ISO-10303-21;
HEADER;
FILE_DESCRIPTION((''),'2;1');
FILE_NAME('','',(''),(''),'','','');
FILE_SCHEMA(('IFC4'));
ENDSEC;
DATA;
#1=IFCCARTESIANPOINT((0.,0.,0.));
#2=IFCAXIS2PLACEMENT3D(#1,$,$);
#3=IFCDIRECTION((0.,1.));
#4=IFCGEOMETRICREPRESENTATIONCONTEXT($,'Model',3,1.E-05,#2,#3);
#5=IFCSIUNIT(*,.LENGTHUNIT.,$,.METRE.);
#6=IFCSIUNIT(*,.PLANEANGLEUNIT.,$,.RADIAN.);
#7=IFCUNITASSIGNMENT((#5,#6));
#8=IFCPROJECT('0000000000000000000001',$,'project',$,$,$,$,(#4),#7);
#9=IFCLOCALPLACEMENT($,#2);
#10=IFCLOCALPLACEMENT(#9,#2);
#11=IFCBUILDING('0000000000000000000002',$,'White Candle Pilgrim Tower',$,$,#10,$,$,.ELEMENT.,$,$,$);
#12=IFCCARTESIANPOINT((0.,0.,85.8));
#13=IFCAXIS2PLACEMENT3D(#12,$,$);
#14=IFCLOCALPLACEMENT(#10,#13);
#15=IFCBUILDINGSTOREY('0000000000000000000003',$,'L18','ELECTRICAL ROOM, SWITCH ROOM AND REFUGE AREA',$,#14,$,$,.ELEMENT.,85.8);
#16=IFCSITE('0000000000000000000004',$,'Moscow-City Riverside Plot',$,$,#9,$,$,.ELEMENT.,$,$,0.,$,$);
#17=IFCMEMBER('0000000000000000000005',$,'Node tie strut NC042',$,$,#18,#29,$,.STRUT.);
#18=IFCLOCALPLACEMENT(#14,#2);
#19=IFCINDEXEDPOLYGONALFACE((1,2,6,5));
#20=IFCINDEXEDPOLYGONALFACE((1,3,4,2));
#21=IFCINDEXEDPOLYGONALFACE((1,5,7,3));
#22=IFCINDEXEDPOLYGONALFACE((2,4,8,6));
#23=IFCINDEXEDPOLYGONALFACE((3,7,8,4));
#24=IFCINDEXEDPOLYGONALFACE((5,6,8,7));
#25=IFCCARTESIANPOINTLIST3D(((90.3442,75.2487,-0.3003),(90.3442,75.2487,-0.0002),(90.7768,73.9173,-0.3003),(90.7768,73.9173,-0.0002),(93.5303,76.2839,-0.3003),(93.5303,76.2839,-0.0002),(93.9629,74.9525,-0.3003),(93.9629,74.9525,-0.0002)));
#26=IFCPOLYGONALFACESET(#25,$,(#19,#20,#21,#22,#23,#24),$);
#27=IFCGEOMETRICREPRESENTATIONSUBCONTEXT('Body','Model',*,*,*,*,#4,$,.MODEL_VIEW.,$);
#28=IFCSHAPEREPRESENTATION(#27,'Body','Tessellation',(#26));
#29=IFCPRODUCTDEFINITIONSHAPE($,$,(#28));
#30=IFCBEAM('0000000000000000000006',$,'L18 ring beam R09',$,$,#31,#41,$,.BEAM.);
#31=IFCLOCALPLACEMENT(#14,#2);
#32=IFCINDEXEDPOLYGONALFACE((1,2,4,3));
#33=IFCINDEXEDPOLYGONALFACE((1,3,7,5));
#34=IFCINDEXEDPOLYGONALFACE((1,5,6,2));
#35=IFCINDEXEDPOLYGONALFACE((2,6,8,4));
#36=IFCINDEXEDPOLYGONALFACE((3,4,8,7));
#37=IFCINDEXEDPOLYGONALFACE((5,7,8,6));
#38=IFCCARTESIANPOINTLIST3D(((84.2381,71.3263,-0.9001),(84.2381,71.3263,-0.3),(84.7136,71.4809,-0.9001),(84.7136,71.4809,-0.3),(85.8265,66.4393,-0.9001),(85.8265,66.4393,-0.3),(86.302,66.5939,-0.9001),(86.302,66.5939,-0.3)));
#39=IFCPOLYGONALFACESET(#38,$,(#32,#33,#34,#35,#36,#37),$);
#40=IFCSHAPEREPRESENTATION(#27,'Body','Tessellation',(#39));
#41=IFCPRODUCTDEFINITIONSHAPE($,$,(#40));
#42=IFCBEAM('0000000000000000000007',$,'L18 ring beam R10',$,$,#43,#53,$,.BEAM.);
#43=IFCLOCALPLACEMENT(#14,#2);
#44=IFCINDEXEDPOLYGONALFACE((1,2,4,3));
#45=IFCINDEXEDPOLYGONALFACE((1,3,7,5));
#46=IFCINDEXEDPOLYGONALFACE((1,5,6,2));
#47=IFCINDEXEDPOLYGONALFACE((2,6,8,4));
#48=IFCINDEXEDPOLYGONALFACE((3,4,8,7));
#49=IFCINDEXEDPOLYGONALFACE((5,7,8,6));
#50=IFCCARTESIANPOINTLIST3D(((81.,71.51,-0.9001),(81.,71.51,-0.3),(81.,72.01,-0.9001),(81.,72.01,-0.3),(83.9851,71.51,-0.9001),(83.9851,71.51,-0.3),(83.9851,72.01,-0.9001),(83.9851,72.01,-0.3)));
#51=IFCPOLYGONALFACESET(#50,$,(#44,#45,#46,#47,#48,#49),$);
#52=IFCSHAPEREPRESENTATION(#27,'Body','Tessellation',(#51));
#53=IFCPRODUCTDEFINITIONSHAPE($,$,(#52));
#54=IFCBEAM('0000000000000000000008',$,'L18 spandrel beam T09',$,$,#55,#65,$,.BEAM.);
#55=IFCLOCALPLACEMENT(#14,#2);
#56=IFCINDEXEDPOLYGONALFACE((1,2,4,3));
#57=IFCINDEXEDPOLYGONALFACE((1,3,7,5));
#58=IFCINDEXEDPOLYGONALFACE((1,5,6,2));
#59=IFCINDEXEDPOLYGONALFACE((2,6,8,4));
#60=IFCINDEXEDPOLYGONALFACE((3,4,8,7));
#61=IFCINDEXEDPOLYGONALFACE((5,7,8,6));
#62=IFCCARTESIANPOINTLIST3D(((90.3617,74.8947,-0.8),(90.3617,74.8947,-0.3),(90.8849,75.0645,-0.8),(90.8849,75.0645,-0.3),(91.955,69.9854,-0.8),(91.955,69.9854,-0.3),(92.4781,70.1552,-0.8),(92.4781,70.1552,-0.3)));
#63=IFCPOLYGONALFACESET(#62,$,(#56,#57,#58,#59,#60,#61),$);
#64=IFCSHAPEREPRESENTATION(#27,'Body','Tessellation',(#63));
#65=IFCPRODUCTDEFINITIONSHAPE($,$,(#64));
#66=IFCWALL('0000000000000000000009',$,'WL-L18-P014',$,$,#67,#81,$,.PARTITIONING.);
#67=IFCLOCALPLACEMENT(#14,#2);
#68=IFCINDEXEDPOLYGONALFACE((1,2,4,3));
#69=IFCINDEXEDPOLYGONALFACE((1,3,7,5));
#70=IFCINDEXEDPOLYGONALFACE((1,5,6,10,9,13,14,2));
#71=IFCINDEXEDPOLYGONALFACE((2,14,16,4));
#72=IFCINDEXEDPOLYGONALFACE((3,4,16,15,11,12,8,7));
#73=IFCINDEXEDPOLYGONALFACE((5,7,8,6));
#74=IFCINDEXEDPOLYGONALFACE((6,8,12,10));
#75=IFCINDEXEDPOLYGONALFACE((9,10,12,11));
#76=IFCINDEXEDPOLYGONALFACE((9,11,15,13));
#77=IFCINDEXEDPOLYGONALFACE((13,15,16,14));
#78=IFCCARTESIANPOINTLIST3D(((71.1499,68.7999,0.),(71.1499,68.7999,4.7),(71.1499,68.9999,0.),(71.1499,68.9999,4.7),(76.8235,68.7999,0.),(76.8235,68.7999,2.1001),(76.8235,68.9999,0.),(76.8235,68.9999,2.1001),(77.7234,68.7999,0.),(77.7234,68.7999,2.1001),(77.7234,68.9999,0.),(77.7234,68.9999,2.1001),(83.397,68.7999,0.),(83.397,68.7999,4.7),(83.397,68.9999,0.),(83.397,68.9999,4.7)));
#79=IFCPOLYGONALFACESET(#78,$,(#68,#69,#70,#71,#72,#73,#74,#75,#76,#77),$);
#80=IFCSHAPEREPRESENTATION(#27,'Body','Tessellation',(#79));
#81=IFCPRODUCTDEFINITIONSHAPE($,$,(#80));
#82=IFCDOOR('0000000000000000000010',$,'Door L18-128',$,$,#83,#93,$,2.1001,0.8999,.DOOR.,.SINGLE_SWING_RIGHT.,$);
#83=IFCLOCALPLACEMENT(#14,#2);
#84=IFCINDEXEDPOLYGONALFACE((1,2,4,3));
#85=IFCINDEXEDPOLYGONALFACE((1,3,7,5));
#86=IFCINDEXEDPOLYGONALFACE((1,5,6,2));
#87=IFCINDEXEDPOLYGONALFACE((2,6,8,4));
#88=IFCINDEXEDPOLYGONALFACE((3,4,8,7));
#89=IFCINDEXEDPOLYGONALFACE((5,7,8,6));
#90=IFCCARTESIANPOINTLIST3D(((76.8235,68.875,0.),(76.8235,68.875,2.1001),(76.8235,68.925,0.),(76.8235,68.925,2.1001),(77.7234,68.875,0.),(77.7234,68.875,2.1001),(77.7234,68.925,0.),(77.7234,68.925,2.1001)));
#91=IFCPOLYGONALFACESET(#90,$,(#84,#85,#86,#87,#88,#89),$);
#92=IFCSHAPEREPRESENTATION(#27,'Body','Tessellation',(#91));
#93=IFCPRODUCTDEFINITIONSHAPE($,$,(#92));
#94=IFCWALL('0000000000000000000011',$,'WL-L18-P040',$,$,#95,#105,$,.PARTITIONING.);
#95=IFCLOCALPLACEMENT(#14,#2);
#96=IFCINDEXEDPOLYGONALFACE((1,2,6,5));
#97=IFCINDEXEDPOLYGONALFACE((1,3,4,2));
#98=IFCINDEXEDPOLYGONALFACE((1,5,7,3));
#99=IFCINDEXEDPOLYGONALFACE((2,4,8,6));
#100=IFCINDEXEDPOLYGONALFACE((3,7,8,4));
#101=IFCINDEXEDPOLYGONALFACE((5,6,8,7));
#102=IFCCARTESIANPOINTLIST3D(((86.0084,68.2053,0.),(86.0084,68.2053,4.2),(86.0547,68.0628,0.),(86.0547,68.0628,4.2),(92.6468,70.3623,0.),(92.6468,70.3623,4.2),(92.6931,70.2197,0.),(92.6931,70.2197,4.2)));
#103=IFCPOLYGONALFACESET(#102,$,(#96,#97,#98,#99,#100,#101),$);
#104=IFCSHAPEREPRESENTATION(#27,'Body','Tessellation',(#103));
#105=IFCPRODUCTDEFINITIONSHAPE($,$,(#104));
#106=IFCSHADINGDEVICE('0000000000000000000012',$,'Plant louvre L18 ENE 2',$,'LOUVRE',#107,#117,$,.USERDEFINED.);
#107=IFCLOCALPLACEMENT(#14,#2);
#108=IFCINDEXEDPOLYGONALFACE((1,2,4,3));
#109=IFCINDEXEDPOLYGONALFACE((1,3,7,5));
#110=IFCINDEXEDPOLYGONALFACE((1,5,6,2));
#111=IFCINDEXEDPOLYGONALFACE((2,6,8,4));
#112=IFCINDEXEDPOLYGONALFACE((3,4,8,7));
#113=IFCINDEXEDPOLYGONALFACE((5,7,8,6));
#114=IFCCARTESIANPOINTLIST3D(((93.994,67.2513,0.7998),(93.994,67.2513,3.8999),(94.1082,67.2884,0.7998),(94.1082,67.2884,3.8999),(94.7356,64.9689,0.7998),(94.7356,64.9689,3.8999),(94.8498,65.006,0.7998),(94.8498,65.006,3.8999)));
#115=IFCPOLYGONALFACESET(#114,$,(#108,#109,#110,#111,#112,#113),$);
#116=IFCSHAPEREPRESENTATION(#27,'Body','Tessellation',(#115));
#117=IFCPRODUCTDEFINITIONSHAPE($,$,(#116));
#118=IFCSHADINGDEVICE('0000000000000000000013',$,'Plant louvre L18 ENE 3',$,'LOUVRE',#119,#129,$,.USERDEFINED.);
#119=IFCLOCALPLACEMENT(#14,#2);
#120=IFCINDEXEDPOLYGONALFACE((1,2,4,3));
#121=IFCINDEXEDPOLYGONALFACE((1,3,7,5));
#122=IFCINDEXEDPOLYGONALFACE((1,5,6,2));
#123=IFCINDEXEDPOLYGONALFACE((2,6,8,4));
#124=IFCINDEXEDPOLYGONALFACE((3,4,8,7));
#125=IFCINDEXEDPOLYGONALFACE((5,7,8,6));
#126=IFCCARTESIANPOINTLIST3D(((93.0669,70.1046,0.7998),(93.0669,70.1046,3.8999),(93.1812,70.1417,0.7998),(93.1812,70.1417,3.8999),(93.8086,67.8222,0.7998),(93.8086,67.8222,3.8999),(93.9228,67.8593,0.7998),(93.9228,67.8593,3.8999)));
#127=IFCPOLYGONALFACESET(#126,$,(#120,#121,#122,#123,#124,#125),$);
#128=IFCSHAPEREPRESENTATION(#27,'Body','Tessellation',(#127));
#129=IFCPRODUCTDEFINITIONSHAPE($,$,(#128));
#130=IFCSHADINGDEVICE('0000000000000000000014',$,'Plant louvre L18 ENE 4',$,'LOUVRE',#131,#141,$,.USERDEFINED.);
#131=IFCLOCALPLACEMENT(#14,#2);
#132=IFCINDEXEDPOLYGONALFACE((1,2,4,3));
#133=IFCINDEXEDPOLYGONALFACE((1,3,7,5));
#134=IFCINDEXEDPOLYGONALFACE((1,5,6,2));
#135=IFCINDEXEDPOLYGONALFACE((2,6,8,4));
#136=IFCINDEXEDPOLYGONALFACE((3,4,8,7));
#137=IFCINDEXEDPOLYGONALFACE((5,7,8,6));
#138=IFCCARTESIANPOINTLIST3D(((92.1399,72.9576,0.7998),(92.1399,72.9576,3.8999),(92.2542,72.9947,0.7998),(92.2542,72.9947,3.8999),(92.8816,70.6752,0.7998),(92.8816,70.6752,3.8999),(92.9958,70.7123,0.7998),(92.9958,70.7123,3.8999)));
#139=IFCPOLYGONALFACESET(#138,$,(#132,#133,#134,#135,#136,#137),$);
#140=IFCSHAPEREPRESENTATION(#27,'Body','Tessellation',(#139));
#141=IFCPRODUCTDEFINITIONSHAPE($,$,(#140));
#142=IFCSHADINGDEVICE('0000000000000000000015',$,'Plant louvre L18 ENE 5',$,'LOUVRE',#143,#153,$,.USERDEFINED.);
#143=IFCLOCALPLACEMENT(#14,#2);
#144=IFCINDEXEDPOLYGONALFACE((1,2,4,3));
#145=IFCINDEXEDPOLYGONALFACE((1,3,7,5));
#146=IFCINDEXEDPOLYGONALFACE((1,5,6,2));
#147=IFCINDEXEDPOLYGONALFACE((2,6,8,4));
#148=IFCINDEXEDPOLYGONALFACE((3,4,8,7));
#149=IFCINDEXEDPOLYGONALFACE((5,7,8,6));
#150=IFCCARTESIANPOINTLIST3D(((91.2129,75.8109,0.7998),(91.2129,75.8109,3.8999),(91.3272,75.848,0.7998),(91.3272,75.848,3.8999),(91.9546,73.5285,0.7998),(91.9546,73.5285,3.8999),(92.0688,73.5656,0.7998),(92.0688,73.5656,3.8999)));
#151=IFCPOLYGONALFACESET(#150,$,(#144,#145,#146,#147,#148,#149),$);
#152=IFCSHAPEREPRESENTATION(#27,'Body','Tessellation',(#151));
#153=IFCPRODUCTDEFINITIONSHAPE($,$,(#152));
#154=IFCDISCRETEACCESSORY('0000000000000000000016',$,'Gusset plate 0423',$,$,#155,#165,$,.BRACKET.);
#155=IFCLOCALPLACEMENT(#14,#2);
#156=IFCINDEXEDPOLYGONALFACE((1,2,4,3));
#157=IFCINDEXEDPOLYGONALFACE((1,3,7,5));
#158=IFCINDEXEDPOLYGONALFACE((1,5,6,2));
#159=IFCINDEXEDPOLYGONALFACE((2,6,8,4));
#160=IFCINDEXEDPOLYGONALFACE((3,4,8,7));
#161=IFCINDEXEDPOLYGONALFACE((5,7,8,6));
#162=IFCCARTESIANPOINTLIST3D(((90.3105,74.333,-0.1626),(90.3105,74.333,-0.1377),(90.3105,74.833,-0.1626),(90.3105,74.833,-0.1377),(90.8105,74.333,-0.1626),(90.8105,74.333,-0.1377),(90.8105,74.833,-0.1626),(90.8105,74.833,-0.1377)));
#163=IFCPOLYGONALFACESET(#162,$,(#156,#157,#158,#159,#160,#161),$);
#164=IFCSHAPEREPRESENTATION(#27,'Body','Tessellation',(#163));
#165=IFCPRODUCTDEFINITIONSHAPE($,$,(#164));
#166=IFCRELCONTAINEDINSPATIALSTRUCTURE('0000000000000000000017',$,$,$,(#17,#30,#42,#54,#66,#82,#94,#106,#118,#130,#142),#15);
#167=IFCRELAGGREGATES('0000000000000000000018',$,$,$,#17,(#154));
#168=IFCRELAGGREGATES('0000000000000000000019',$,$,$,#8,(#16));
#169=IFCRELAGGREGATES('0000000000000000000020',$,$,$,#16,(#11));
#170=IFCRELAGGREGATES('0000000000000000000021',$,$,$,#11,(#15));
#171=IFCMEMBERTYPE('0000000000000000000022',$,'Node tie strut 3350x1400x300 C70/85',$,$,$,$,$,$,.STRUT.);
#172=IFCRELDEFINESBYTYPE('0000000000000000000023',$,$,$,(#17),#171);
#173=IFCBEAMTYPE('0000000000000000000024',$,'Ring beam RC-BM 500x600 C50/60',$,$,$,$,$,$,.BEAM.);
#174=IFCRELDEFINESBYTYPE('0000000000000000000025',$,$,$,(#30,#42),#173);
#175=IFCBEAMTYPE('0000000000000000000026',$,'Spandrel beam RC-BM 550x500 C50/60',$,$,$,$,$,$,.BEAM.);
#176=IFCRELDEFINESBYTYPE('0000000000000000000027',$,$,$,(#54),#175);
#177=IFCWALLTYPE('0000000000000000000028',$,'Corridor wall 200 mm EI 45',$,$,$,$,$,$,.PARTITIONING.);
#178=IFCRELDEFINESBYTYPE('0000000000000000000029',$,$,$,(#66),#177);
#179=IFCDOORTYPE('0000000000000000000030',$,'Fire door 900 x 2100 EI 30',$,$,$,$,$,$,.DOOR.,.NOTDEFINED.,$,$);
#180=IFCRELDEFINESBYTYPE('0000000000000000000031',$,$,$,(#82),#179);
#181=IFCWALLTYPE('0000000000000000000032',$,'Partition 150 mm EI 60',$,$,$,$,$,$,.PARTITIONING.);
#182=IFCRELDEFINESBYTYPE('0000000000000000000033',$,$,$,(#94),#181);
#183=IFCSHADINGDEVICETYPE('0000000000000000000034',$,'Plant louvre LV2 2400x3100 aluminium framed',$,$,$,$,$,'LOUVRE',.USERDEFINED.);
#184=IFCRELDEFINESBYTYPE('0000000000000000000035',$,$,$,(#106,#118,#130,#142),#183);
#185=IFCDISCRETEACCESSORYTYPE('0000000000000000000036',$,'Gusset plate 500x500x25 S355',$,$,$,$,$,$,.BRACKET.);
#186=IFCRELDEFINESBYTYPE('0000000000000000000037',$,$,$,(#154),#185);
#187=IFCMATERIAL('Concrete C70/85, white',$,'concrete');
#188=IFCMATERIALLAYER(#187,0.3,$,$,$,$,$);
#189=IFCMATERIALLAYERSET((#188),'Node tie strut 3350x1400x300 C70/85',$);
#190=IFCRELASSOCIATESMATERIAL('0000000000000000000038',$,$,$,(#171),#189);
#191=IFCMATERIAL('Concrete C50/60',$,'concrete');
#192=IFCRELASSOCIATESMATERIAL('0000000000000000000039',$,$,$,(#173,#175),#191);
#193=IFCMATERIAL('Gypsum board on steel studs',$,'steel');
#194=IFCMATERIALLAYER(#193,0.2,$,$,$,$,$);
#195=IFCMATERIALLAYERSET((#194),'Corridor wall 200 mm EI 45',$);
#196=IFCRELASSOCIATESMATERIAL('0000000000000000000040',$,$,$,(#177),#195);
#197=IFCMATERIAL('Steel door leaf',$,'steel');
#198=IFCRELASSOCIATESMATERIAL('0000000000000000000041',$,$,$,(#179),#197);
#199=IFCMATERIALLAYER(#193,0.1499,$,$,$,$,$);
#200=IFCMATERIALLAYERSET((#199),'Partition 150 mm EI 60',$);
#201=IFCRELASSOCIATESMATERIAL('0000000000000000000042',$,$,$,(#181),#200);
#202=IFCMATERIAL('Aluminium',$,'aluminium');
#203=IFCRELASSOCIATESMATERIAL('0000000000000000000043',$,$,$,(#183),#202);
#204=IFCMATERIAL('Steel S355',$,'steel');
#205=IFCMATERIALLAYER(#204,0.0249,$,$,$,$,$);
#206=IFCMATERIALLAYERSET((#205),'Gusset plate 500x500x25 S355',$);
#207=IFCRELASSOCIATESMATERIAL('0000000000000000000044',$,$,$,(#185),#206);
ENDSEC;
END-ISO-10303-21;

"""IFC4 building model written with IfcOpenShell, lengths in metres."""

from ifc_helpers import new_model, si_unit, direction, frame, frame_2d, origin, origin_2d, place, context, subcontext, project, spatial, rectangle, extrude, material, layer, layer_set, material_profile, profile_set, type_object, element, fill, aggregate, save


model = new_model("IFC4")

# Units and contexts
model_context = context("Model", 3, precision=1e-05, world=origin(), true_north=direction((0.0, 1.0)))
body_context = subcontext(model_context, "Body", "Model", "MODEL_VIEW")
ifc_project = project(units=[si_unit("LENGTHUNIT", "METRE"), si_unit("PLANEANGLEUNIT", "RADIAN")], contexts=[model_context])

# Site, building, storey
site_placement = place(None, origin())
site = spatial("IfcSite", under=ifc_project, at=site_placement, Name="Moscow-City Riverside Plot", CompositionType="ELEMENT", RefElevation=0.0)
building_placement = place(site_placement, origin())
building = spatial("IfcBuilding", under=site, at=building_placement, Name="White Candle Pilgrim Tower", CompositionType="ELEMENT")
storey_placement = place(building_placement, frame((0.0, 0.0, 85.8)))
storey = spatial("IfcBuildingStorey", under=building, at=storey_placement, Name="L18", Description="ELECTRICAL ROOM, SWITCH ROOM AND REFUGE AREA", CompositionType="ELEMENT", Elevation=85.8)

# Shared definitions
ifc_material_1 = material(Name="Steel S355", Category="steel")

# Member
ifc_material_2 = material(Name="Concrete C70/85, white", Category="concrete")
ifc_layer_1 = layer(ifc_material_2, 0.3)
ifc_layer_set_1 = layer_set([ifc_layer_1], Name="Node tie strut 3350x1400x300 C70/85")
member_type_1 = type_object("IfcMemberType", Name="Node tie strut 3350x1400x300 C70/85", PredefinedType="STRUT", material=ifc_layer_set_1)
member_1_placement = place(storey_placement, frame((92.1536, 75.1006, -0.3003), z_axis=(0.0, 0.0, 1.0), x_axis=(-0.309017, 0.951057, 0.0)))
member_1 = element("IfcMember", 1, at=member_1_placement, inside=storey, type_object=member_type_1, Name="Node tie strut NC042", PredefinedType="STRUT", context=body_context, shape_type="SweptSolid", body=[
    extrude(rectangle(XDim=1.3999, YDim=3.3501, at=origin_2d()), origin(), (0.0, 0.0, 1.0), 0.3),
])

# Beams
ifc_material_3 = material(Name="Concrete C50/60", Category="concrete")
ifc_material_profile_1 = material_profile(ifc_material_3, rectangle(XDim=0.5, YDim=0.6001, at=origin_2d()), Name="RC-BM 500x600")
ifc_profile_set_1 = profile_set([ifc_material_profile_1], Name="Concrete C50/60")
beam_type_1 = type_object("IfcBeamType", Name="Ring beam RC-BM 500x600 C50/60", PredefinedType="BEAM", material=ifc_profile_set_1)
beam_1_placement = place(storey_placement, frame((86.0642, 66.5166, -0.6001), z_axis=(-0.309106, 0.951027, 0.0), x_axis=(-0.951027, -0.309106, 0.0)))
element("IfcBeam", 2, at=beam_1_placement, inside=storey, type_object=beam_type_1, Name="L18 ring beam R09", PredefinedType="BEAM", context=body_context, shape_type="SweptSolid", body=[
    extrude(rectangle(XDim=0.5, YDim=0.6001, at=origin_2d()), origin(), (0.0, 0.0, 1.0), 5.1387),
])
beam_2_placement = place(storey_placement, frame((83.9851, 71.76, -0.6001), z_axis=(-1.0, 0.0, 0.0), x_axis=(0.0, -1.0, 0.0)))
element("IfcBeam", 3, at=beam_2_placement, inside=storey, type_object=beam_type_1, Name="L18 ring beam R10", PredefinedType="BEAM", context=body_context, shape_type="SweptSolid", body=[
    extrude(rectangle(XDim=0.5, YDim=0.6001, at=origin_2d()), origin(), (0.0, 0.0, 1.0), 2.9851),
])
ifc_material_profile_2 = material_profile(ifc_material_3, rectangle(XDim=0.55, YDim=0.5, at=origin_2d()), Name="RC-BM 550x500")
ifc_profile_set_2 = profile_set([ifc_material_profile_2], Name="Concrete C50/60")
beam_type_2 = type_object("IfcBeamType", Name="Spandrel beam RC-BM 550x500 C50/60", PredefinedType="BEAM", material=ifc_profile_set_2)
beam_3_placement = place(storey_placement, frame((92.2166, 70.0703, -0.55), z_axis=(-0.308683, 0.951165, 0.0), x_axis=(-0.951165, -0.308683, 0.0)))
element("IfcBeam", 4, at=beam_3_placement, inside=storey, type_object=beam_type_2, Name="L18 spandrel beam T09", PredefinedType="BEAM", context=body_context, shape_type="SweptSolid", body=[
    extrude(rectangle(XDim=0.55, YDim=0.5, at=origin_2d()), origin(), (0.0, 0.0, 1.0), 5.1614),
])

# Wall, opening, door
ifc_material_4 = material(Name="Gypsum board on steel studs", Category="steel")
ifc_layer_2 = layer(ifc_material_4, 0.2)
ifc_layer_set_2 = layer_set([ifc_layer_2], Name="Corridor wall 200 mm EI 45")
wall_type_1 = type_object("IfcWallType", Name="Corridor wall 200 mm EI 45", PredefinedType="PARTITIONING", material=ifc_layer_set_2)
wall_1_placement = place(storey_placement, frame((83.397, 68.8999, 0.0), z_axis=(0.0, 0.0, 1.0), x_axis=(-1.0, 0.0, 0.0)))
wall_1 = element("IfcWall", 5, at=wall_1_placement, inside=storey, type_object=wall_type_1, Name="WL-L18-P014", PredefinedType="PARTITIONING", context=body_context, shape_type="SweptSolid", body=[
    extrude(rectangle(XDim=12.2471, YDim=0.2, at=frame_2d((6.1235, 0.0))), origin(), (0.0, 0.0, 1.0), 4.7),
])
opening_placement = place(wall_1_placement, frame((5.6736, 0.0, 0.0)))
opening = element("IfcOpeningElement", 6, at=opening_placement, cuts=wall_1, PredefinedType="OPENING", context=body_context, shape_type="SweptSolid", body=[
    extrude(rectangle(XDim=0.8999, YDim=2.1001, at=frame_2d((0.45, 1.05))), frame((0.0, 0.1099, 0.0), z_axis=(0.0, -1.0, 0.0), x_axis=(1.0, 0.0, 0.0)), (0.0, 0.0, 1.0), 0.22),
])
ifc_material_5 = material(Name="Steel door leaf", Category="steel")
door_type = type_object("IfcDoorType", Name="Fire door 900 x 2100 EI 30", OperationType="NOTDEFINED", PredefinedType="DOOR", material=ifc_material_5)
door_placement = place(opening_placement, origin())
door = element("IfcDoor", 7, at=door_placement, inside=storey, type_object=door_type, Name="Door L18-128", OperationType="SINGLE_SWING_RIGHT", OverallHeight=2.1001, OverallWidth=0.8999, PredefinedType="DOOR", context=body_context, shape_type="SweptSolid", body=[
    extrude(rectangle(XDim=0.8999, YDim=2.1001, at=frame_2d((0.45, 1.05))), frame((0.0, 0.0249, 0.0), z_axis=(0.0, -1.0, 0.0), x_axis=(1.0, 0.0, 0.0)), (0.0, 0.0, 1.0), 0.05),
])
fill(opening, door)

# Wall
ifc_layer_3 = layer(ifc_material_4, 0.1499)
ifc_layer_set_3 = layer_set([ifc_layer_3], Name="Partition 150 mm EI 60")
wall_type_2 = type_object("IfcWallType", Name="Partition 150 mm EI 60", PredefinedType="PARTITIONING", material=ifc_layer_set_3)
wall_2_placement = place(storey_placement, frame((92.6699, 70.291, 0.0), z_axis=(0.0, 0.0, 1.0), x_axis=(-0.951055, -0.30902, 0.0)))
element("IfcWall", 8, at=wall_2_placement, inside=storey, type_object=wall_type_2, Name="WL-L18-P040", PredefinedType="PARTITIONING", context=body_context, shape_type="SweptSolid", body=[
    extrude(rectangle(XDim=6.98, YDim=0.1499, at=frame_2d((3.49, 0.0))), origin(), (0.0, 0.0, 1.0), 4.2),
])

# Shading devices
ifc_material_6 = material(Name="Aluminium", Category="aluminium")
shading_device_type = type_object("IfcShadingDeviceType", Name="Plant louvre LV2 2400x3100 aluminium framed", ElementType="LOUVRE", PredefinedType="USERDEFINED", material=ifc_material_6)
for number, where, z_axis, x_axis, name in (
    (9, (94.4219, 66.1287, 0.7998), (0.0, 0.0, 1.0), (-0.309017, 0.951057, 0.0), "Plant louvre L18 ENE 2"),
    (10, (93.4949, 68.9819, 0.7998), (0.0, 0.0, 1.0), (-0.309017, 0.951057, 0.0), "Plant louvre L18 ENE 3"),
    (11, (92.5679, 71.835, 0.7998), (0.0, 0.0, 1.0), (-0.309017, 0.951057, 0.0), "Plant louvre L18 ENE 4"),
    (12, (91.6409, 74.6882, 0.7998), (0.0, 0.0, 1.0), (-0.309017, 0.951057, 0.0), "Plant louvre L18 ENE 5"),
):
    element("IfcShadingDevice", number, at=place(storey_placement, frame(where, z_axis=z_axis, x_axis=x_axis)), inside=storey, type_object=shading_device_type, Name=name, ObjectType="LOUVRE", PredefinedType="USERDEFINED", context=body_context, shape_type="SweptSolid", body=[
        extrude(rectangle(XDim=2.3999, YDim=0.1201, at=origin_2d()), origin(), (0.0, 0.0, 1.0), 3.1001),
    ])

# Discrete accessory
ifc_layer_4 = layer(ifc_material_1, 0.0249)
ifc_layer_set_4 = layer_set([ifc_layer_4], Name="Gusset plate 500x500x25 S355")
discrete_accessory_type = type_object("IfcDiscreteAccessoryType", Name="Gusset plate 500x500x25 S355", PredefinedType="BRACKET", material=ifc_layer_set_4)
discrete_accessory_1_placement = place(storey_placement, frame((90.5605, 74.583, -0.1626), z_axis=(0.0, 0.0, 1.0), x_axis=(1.0, 0.0, 0.0)))
discrete_accessory_1 = element("IfcDiscreteAccessory", 13, at=discrete_accessory_1_placement, type_object=discrete_accessory_type, Name="Gusset plate 0423", PredefinedType="BRACKET", context=body_context, shape_type="SweptSolid", body=[
    extrude(rectangle(XDim=0.5, YDim=0.5, at=origin_2d()), origin(), (0.0, 0.0, 1.0), 0.0249),
])
aggregate(member_1, [discrete_accessory_1])

save(model, "model.ifc")
